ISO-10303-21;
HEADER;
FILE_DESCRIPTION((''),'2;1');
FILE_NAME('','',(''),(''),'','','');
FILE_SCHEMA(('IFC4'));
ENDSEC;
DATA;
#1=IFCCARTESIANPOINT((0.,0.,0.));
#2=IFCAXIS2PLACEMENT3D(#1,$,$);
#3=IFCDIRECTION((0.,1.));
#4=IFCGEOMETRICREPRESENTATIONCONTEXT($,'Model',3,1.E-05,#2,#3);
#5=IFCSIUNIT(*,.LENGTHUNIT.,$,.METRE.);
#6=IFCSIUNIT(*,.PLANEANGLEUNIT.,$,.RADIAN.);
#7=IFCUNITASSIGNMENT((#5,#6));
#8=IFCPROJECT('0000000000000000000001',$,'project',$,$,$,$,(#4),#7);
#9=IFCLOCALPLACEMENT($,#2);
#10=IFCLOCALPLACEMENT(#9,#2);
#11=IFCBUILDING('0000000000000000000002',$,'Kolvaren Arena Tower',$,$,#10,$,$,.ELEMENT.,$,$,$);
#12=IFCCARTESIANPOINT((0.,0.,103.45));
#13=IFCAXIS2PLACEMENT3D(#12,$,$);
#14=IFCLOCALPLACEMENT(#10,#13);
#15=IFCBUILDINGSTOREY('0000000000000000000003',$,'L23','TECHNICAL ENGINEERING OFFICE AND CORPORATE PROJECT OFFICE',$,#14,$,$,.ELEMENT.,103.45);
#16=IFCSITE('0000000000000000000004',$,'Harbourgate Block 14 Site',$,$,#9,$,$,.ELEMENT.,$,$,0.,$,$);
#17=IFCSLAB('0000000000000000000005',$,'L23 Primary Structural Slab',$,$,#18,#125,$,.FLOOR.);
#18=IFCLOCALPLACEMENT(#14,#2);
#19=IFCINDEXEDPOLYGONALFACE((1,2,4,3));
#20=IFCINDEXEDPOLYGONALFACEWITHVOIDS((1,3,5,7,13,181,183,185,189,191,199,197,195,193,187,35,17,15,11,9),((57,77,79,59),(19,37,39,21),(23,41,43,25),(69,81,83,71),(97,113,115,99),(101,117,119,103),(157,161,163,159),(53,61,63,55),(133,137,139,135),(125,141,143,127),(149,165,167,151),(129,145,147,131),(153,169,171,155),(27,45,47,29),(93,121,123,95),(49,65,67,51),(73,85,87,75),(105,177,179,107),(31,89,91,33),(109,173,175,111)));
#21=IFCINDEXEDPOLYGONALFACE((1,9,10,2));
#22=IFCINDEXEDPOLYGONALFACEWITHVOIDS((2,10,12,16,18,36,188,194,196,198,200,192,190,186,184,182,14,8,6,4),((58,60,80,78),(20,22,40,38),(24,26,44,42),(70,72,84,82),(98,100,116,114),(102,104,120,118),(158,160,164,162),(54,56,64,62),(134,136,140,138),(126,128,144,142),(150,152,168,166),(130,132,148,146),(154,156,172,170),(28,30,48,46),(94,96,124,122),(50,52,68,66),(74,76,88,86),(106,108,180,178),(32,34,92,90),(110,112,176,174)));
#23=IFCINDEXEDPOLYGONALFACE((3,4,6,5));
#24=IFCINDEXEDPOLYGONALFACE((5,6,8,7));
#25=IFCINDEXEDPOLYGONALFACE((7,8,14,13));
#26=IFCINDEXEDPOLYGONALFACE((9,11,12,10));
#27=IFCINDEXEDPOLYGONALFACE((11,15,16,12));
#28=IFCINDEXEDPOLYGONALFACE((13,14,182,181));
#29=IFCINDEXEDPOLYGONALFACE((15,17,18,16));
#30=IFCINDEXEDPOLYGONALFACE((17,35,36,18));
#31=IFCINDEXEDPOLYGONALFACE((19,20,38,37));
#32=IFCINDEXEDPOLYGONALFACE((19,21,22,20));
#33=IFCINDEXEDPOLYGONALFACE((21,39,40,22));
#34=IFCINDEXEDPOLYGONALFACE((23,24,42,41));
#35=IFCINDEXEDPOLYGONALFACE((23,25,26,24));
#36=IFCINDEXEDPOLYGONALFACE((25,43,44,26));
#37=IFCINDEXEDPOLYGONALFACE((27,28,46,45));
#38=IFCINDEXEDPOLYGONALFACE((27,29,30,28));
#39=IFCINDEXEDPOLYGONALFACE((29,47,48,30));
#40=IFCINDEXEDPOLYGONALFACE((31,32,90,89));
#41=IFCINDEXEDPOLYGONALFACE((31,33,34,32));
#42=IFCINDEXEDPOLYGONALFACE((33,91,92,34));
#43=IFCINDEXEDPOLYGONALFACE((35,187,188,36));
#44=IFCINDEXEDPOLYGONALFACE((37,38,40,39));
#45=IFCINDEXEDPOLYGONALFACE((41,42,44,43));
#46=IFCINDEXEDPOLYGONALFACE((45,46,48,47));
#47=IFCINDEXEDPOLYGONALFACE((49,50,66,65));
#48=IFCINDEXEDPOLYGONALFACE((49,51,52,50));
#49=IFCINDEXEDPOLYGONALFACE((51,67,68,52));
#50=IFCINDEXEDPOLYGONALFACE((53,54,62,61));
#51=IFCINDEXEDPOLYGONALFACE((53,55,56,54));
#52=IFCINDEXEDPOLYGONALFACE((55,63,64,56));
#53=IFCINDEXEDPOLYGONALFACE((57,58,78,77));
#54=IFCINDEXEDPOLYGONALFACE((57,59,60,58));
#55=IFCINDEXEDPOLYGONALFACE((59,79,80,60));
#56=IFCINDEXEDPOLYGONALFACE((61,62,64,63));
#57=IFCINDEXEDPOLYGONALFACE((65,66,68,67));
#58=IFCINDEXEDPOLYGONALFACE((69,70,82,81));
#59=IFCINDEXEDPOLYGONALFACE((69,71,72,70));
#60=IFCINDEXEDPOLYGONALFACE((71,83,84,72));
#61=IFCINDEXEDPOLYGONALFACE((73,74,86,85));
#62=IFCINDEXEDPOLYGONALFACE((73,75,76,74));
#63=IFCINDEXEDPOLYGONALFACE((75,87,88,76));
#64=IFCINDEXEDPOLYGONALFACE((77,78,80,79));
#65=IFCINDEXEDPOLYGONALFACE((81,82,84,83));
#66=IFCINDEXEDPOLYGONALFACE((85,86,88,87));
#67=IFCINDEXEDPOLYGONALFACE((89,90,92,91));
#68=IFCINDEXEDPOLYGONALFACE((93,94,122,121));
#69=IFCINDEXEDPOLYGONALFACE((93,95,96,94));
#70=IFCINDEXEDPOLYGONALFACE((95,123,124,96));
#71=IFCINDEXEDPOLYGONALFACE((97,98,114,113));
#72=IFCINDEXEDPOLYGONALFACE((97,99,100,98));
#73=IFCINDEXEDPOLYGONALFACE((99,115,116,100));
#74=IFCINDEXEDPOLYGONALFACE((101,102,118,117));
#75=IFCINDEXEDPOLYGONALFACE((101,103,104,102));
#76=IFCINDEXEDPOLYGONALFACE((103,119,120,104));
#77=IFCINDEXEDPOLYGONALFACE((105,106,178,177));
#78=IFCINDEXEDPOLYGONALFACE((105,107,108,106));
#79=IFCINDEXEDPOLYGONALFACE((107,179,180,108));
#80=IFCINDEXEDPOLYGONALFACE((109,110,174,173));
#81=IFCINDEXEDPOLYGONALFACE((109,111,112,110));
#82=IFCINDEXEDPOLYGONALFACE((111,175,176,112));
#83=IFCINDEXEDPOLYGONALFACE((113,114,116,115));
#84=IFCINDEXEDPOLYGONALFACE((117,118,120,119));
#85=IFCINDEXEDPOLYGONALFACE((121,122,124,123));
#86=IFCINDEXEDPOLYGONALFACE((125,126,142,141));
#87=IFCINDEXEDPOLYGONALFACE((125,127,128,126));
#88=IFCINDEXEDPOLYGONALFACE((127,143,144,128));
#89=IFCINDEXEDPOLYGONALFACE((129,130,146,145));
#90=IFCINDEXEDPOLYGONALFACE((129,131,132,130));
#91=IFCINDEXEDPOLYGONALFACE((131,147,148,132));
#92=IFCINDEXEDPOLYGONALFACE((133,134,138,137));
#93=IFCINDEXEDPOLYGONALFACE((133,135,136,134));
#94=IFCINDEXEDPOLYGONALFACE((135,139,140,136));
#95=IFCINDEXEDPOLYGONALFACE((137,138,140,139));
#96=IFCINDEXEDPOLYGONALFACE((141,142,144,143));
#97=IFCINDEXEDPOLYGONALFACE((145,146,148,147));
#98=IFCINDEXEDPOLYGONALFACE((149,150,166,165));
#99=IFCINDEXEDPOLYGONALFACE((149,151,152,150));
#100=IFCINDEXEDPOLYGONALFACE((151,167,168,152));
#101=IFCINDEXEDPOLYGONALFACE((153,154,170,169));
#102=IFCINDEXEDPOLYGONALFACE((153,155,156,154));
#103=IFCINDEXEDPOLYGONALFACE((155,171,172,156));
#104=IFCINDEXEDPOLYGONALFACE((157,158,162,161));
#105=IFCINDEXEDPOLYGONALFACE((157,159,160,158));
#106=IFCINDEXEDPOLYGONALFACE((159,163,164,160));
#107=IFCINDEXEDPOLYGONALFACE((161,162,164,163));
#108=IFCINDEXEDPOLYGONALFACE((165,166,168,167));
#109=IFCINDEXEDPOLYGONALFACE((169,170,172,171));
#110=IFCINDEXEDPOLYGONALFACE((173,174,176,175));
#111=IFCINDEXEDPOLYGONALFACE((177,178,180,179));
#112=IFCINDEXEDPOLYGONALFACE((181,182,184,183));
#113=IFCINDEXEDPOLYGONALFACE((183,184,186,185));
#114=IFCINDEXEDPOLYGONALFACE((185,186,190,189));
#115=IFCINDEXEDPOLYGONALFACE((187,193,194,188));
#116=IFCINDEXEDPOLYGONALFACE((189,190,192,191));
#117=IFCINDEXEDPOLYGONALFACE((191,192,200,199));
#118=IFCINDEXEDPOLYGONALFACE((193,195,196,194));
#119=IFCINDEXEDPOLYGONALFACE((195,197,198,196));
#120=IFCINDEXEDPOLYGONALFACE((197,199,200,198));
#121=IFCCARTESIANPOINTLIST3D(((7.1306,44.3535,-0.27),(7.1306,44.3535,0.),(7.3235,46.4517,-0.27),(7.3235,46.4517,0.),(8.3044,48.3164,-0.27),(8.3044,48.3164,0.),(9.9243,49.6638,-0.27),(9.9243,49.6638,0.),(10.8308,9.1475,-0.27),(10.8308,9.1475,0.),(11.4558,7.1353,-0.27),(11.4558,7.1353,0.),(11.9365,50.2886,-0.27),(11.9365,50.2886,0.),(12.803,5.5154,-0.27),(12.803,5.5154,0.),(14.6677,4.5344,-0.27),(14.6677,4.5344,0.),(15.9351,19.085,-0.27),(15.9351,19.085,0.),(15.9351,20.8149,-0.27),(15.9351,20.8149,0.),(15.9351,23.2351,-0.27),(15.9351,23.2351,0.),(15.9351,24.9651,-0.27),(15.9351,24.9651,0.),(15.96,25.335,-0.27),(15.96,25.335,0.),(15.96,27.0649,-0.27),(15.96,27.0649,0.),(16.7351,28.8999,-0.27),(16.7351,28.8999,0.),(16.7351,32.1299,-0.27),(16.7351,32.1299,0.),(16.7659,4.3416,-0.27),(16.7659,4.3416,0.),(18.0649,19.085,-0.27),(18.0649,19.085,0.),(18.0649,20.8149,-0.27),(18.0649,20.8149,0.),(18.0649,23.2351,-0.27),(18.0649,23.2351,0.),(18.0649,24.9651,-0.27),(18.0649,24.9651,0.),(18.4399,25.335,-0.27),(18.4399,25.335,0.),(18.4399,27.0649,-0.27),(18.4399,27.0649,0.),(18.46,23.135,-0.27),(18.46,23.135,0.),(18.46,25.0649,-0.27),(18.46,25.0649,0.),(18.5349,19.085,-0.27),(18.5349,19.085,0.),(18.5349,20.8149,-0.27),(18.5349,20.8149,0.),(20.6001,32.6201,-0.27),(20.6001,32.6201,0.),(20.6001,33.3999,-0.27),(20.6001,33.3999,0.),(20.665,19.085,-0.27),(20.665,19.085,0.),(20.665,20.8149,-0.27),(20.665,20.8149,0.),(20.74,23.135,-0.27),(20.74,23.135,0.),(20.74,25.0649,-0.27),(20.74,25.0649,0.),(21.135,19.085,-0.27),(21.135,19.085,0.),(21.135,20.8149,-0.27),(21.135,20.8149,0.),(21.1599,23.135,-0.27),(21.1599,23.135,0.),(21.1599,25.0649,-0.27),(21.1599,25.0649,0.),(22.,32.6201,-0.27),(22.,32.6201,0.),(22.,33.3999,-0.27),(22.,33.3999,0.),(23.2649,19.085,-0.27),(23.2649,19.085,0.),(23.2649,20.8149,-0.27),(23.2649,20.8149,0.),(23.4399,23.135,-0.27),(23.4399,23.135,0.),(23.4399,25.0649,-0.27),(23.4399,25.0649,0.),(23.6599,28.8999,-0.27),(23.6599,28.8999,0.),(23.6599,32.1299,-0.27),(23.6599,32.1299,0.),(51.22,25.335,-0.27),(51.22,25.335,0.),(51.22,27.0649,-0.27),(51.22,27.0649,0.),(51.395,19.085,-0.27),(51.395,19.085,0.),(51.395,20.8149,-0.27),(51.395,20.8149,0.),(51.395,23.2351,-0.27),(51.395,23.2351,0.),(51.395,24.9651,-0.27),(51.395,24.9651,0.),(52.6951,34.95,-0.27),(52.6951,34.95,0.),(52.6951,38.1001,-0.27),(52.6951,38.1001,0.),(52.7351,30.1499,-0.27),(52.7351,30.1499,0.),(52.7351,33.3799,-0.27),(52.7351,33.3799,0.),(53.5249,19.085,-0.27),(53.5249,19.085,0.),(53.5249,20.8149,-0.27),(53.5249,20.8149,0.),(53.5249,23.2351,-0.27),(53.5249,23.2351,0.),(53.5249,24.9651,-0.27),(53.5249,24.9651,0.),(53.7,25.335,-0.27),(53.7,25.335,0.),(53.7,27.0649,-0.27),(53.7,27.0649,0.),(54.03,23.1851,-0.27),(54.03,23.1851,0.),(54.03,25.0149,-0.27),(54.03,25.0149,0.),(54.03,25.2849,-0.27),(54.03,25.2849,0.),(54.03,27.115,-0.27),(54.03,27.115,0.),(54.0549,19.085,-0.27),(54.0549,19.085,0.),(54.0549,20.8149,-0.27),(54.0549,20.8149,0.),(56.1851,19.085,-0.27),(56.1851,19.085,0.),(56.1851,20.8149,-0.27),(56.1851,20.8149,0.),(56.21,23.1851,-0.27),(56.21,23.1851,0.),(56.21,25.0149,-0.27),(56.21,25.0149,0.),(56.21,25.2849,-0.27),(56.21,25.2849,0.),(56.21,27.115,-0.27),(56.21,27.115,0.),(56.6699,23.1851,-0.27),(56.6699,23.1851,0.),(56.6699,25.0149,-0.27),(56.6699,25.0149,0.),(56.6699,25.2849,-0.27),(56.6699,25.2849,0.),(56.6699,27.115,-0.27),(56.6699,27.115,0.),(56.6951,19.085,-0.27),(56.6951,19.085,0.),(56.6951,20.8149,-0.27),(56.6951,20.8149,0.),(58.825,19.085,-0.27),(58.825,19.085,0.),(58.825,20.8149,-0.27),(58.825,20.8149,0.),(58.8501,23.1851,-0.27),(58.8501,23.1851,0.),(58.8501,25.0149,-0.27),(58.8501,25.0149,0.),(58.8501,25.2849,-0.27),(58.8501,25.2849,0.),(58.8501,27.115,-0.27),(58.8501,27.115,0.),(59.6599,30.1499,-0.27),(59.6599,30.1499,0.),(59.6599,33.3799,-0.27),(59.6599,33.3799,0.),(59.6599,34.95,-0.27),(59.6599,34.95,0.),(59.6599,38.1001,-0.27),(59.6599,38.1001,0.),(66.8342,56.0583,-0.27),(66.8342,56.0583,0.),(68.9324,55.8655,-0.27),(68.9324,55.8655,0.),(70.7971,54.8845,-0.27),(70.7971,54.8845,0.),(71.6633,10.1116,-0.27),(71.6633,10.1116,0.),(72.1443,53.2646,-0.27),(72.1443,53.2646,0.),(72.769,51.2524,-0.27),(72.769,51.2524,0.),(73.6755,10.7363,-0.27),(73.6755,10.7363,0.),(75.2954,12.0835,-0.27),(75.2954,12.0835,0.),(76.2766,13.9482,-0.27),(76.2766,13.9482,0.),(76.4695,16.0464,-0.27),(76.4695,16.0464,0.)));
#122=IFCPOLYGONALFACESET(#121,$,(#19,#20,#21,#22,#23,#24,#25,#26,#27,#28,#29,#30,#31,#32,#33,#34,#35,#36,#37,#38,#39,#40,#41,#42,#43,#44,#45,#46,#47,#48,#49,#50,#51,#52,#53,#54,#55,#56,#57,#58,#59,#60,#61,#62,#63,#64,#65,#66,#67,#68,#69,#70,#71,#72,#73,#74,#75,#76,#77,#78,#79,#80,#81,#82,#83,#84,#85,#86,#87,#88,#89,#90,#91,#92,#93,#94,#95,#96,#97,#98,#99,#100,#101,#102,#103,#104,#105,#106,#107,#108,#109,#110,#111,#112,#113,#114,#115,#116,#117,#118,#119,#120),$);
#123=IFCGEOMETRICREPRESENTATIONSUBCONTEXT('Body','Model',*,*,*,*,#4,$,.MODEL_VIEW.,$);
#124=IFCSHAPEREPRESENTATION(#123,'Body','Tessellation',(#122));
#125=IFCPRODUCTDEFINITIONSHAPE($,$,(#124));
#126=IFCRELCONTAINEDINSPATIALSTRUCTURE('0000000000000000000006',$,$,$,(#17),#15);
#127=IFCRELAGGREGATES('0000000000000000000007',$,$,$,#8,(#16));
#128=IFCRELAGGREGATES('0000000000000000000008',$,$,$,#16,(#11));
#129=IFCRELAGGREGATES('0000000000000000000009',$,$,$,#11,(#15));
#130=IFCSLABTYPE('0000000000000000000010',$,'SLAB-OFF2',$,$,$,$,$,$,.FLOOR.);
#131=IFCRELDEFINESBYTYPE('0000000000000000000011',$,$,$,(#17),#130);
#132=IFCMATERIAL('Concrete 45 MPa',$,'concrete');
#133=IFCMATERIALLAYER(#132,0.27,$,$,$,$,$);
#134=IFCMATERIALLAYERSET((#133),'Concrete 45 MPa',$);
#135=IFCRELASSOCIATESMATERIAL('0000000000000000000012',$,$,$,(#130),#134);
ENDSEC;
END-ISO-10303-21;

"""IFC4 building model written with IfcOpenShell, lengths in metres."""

from ifc_helpers import new_model, si_unit, direction, frame, origin, place, context, subcontext, project, spatial, polyline, outline, extrude, material, layer, layer_set, type_object, element, save


model = new_model("IFC4")

# Units and contexts
model_context = context("Model", 3, precision=1e-05, world=origin(), true_north=direction((0.0, 1.0)))
body_context = subcontext(model_context, "Body", "Model", "MODEL_VIEW")
ifc_project = project(units=[si_unit("LENGTHUNIT", "METRE"), si_unit("PLANEANGLEUNIT", "RADIAN")], contexts=[model_context])

# Site, building, storey
site_placement = place(None, origin())
site = spatial("IfcSite", under=ifc_project, at=site_placement, Name="Harbourgate Block 14 Site", CompositionType="ELEMENT", RefElevation=0.0)
building_placement = place(site_placement, origin())
building = spatial("IfcBuilding", under=site, at=building_placement, Name="Kolvaren Arena Tower", CompositionType="ELEMENT")
storey_placement = place(building_placement, frame((0.0, 0.0, 103.45)))
storey = spatial("IfcBuildingStorey", under=building, at=storey_placement, Name="L23", Description="TECHNICAL ENGINEERING OFFICE AND CORPORATE PROJECT OFFICE", CompositionType="ELEMENT", Elevation=103.45)

# Shared definitions
ifc_material_1 = material(Name="Concrete 45 MPa", Category="concrete")

# Slab
ifc_layer_1 = layer(ifc_material_1, 0.27)
ifc_layer_set_1 = layer_set([ifc_layer_1], Name="Concrete 45 MPa")
slab_type_1 = type_object("IfcSlabType", Name="SLAB-OFF2", PredefinedType="FLOOR", material=ifc_layer_set_1)
slab_1_placement = place(storey_placement, frame((0.0, 0.0, -0.27)))
element("IfcSlab", 1, at=slab_1_placement, inside=storey, type_object=slab_type_1, Name="L23 Primary Structural Slab", PredefinedType="FLOOR", context=body_context, shape_type="SweptSolid", body=[
    extrude(outline(polyline([(71.6633, 10.1116), (73.6755, 10.7363), (75.2954, 12.0835), (76.2766, 13.9482), (76.4695, 16.0464), (72.769, 51.2524), (72.1443, 53.2646), (70.7971, 54.8845), (68.9324, 55.8655), (66.8342, 56.0583), (11.9365, 50.2886), (9.9243, 49.6638), (8.3044, 48.3164), (7.3235, 46.4517), (7.1306, 44.3535), (10.8308, 9.1475), (11.4558, 7.1353), (12.803, 5.5154), (14.6677, 4.5344), (16.7659, 4.3416), (71.6633, 10.1116)]), holes=[polyline([(15.9351, 19.085), (15.9351, 20.8149), (18.0649, 20.8149), (18.0649, 19.085), (15.9351, 19.085)]), polyline([(18.5349, 19.085), (18.5349, 20.8149), (20.665, 20.8149), (20.665, 19.085), (18.5349, 19.085)]), polyline([(21.135, 19.085), (21.135, 20.8149), (23.2649, 20.8149), (23.2649, 19.085), (21.135, 19.085)]), polyline([(51.395, 19.085), (51.395, 20.8149), (53.5249, 20.8149), (53.5249, 19.085), (51.395, 19.085)]), polyline([(54.0549, 19.085), (54.0549, 20.8149), (56.1851, 20.8149), (56.1851, 19.085), (54.0549, 19.085)]), polyline([(56.6951, 19.085), (56.6951, 20.8149), (58.825, 20.8149), (58.825, 19.085), (56.6951, 19.085)]), polyline([(18.46, 25.0649), (20.74, 25.0649), (20.74, 23.135), (18.46, 23.135), (18.46, 25.0649)]), polyline([(21.1599, 23.135), (21.1599, 25.0649), (23.4399, 25.0649), (23.4399, 23.135), (21.1599, 23.135)]), polyline([(54.03, 25.0149), (56.21, 25.0149), (56.21, 23.1851), (54.03, 23.1851), (54.03, 25.0149)]), polyline([(56.6699, 25.0149), (58.8501, 25.0149), (58.8501, 23.1851), (56.6699, 23.1851), (56.6699, 25.0149)]), polyline([(15.9351, 24.9651), (18.0649, 24.9651), (18.0649, 23.2351), (15.9351, 23.2351), (15.9351, 24.9651)]), polyline([(51.395, 23.2351), (51.395, 24.9651), (53.5249, 24.9651), (53.5249, 23.2351), (51.395, 23.2351)]), polyline([(54.03, 25.2849), (54.03, 27.115), (56.21, 27.115), (56.21, 25.2849), (54.03, 25.2849)]), polyline([(56.6699, 25.2849), (56.6699, 27.115), (58.8501, 27.115), (58.8501, 25.2849), (56.6699, 25.2849)]), polyline([(15.96, 25.335), (15.96, 27.0649), (18.4399, 27.0649), (18.4399, 25.335), (15.96, 25.335)]), polyline([(51.22, 25.335), (51.22, 27.0649), (53.7, 27.0649), (53.7, 25.335), (51.22, 25.335)]), polyline([(16.7351, 32.1299), (23.6599, 32.1299), (23.6599, 28.8999), (16.7351, 28.8999), (16.7351, 32.1299)]), polyline([(52.7351, 33.3799), (59.6599, 33.3799), (59.6599, 30.1499), (52.7351, 30.1499), (52.7351, 33.3799)]), polyline([(20.6001, 33.3999), (22.0, 33.3999), (22.0, 32.6201), (20.6001, 32.6201), (20.6001, 33.3999)]), polyline([(52.6951, 38.1001), (59.6599, 38.1001), (59.6599, 34.95), (52.6951, 34.95), (52.6951, 38.1001)])]), origin(), (0.0, 0.0, 1.0), 0.27),
])

save(model, "model.ifc")
